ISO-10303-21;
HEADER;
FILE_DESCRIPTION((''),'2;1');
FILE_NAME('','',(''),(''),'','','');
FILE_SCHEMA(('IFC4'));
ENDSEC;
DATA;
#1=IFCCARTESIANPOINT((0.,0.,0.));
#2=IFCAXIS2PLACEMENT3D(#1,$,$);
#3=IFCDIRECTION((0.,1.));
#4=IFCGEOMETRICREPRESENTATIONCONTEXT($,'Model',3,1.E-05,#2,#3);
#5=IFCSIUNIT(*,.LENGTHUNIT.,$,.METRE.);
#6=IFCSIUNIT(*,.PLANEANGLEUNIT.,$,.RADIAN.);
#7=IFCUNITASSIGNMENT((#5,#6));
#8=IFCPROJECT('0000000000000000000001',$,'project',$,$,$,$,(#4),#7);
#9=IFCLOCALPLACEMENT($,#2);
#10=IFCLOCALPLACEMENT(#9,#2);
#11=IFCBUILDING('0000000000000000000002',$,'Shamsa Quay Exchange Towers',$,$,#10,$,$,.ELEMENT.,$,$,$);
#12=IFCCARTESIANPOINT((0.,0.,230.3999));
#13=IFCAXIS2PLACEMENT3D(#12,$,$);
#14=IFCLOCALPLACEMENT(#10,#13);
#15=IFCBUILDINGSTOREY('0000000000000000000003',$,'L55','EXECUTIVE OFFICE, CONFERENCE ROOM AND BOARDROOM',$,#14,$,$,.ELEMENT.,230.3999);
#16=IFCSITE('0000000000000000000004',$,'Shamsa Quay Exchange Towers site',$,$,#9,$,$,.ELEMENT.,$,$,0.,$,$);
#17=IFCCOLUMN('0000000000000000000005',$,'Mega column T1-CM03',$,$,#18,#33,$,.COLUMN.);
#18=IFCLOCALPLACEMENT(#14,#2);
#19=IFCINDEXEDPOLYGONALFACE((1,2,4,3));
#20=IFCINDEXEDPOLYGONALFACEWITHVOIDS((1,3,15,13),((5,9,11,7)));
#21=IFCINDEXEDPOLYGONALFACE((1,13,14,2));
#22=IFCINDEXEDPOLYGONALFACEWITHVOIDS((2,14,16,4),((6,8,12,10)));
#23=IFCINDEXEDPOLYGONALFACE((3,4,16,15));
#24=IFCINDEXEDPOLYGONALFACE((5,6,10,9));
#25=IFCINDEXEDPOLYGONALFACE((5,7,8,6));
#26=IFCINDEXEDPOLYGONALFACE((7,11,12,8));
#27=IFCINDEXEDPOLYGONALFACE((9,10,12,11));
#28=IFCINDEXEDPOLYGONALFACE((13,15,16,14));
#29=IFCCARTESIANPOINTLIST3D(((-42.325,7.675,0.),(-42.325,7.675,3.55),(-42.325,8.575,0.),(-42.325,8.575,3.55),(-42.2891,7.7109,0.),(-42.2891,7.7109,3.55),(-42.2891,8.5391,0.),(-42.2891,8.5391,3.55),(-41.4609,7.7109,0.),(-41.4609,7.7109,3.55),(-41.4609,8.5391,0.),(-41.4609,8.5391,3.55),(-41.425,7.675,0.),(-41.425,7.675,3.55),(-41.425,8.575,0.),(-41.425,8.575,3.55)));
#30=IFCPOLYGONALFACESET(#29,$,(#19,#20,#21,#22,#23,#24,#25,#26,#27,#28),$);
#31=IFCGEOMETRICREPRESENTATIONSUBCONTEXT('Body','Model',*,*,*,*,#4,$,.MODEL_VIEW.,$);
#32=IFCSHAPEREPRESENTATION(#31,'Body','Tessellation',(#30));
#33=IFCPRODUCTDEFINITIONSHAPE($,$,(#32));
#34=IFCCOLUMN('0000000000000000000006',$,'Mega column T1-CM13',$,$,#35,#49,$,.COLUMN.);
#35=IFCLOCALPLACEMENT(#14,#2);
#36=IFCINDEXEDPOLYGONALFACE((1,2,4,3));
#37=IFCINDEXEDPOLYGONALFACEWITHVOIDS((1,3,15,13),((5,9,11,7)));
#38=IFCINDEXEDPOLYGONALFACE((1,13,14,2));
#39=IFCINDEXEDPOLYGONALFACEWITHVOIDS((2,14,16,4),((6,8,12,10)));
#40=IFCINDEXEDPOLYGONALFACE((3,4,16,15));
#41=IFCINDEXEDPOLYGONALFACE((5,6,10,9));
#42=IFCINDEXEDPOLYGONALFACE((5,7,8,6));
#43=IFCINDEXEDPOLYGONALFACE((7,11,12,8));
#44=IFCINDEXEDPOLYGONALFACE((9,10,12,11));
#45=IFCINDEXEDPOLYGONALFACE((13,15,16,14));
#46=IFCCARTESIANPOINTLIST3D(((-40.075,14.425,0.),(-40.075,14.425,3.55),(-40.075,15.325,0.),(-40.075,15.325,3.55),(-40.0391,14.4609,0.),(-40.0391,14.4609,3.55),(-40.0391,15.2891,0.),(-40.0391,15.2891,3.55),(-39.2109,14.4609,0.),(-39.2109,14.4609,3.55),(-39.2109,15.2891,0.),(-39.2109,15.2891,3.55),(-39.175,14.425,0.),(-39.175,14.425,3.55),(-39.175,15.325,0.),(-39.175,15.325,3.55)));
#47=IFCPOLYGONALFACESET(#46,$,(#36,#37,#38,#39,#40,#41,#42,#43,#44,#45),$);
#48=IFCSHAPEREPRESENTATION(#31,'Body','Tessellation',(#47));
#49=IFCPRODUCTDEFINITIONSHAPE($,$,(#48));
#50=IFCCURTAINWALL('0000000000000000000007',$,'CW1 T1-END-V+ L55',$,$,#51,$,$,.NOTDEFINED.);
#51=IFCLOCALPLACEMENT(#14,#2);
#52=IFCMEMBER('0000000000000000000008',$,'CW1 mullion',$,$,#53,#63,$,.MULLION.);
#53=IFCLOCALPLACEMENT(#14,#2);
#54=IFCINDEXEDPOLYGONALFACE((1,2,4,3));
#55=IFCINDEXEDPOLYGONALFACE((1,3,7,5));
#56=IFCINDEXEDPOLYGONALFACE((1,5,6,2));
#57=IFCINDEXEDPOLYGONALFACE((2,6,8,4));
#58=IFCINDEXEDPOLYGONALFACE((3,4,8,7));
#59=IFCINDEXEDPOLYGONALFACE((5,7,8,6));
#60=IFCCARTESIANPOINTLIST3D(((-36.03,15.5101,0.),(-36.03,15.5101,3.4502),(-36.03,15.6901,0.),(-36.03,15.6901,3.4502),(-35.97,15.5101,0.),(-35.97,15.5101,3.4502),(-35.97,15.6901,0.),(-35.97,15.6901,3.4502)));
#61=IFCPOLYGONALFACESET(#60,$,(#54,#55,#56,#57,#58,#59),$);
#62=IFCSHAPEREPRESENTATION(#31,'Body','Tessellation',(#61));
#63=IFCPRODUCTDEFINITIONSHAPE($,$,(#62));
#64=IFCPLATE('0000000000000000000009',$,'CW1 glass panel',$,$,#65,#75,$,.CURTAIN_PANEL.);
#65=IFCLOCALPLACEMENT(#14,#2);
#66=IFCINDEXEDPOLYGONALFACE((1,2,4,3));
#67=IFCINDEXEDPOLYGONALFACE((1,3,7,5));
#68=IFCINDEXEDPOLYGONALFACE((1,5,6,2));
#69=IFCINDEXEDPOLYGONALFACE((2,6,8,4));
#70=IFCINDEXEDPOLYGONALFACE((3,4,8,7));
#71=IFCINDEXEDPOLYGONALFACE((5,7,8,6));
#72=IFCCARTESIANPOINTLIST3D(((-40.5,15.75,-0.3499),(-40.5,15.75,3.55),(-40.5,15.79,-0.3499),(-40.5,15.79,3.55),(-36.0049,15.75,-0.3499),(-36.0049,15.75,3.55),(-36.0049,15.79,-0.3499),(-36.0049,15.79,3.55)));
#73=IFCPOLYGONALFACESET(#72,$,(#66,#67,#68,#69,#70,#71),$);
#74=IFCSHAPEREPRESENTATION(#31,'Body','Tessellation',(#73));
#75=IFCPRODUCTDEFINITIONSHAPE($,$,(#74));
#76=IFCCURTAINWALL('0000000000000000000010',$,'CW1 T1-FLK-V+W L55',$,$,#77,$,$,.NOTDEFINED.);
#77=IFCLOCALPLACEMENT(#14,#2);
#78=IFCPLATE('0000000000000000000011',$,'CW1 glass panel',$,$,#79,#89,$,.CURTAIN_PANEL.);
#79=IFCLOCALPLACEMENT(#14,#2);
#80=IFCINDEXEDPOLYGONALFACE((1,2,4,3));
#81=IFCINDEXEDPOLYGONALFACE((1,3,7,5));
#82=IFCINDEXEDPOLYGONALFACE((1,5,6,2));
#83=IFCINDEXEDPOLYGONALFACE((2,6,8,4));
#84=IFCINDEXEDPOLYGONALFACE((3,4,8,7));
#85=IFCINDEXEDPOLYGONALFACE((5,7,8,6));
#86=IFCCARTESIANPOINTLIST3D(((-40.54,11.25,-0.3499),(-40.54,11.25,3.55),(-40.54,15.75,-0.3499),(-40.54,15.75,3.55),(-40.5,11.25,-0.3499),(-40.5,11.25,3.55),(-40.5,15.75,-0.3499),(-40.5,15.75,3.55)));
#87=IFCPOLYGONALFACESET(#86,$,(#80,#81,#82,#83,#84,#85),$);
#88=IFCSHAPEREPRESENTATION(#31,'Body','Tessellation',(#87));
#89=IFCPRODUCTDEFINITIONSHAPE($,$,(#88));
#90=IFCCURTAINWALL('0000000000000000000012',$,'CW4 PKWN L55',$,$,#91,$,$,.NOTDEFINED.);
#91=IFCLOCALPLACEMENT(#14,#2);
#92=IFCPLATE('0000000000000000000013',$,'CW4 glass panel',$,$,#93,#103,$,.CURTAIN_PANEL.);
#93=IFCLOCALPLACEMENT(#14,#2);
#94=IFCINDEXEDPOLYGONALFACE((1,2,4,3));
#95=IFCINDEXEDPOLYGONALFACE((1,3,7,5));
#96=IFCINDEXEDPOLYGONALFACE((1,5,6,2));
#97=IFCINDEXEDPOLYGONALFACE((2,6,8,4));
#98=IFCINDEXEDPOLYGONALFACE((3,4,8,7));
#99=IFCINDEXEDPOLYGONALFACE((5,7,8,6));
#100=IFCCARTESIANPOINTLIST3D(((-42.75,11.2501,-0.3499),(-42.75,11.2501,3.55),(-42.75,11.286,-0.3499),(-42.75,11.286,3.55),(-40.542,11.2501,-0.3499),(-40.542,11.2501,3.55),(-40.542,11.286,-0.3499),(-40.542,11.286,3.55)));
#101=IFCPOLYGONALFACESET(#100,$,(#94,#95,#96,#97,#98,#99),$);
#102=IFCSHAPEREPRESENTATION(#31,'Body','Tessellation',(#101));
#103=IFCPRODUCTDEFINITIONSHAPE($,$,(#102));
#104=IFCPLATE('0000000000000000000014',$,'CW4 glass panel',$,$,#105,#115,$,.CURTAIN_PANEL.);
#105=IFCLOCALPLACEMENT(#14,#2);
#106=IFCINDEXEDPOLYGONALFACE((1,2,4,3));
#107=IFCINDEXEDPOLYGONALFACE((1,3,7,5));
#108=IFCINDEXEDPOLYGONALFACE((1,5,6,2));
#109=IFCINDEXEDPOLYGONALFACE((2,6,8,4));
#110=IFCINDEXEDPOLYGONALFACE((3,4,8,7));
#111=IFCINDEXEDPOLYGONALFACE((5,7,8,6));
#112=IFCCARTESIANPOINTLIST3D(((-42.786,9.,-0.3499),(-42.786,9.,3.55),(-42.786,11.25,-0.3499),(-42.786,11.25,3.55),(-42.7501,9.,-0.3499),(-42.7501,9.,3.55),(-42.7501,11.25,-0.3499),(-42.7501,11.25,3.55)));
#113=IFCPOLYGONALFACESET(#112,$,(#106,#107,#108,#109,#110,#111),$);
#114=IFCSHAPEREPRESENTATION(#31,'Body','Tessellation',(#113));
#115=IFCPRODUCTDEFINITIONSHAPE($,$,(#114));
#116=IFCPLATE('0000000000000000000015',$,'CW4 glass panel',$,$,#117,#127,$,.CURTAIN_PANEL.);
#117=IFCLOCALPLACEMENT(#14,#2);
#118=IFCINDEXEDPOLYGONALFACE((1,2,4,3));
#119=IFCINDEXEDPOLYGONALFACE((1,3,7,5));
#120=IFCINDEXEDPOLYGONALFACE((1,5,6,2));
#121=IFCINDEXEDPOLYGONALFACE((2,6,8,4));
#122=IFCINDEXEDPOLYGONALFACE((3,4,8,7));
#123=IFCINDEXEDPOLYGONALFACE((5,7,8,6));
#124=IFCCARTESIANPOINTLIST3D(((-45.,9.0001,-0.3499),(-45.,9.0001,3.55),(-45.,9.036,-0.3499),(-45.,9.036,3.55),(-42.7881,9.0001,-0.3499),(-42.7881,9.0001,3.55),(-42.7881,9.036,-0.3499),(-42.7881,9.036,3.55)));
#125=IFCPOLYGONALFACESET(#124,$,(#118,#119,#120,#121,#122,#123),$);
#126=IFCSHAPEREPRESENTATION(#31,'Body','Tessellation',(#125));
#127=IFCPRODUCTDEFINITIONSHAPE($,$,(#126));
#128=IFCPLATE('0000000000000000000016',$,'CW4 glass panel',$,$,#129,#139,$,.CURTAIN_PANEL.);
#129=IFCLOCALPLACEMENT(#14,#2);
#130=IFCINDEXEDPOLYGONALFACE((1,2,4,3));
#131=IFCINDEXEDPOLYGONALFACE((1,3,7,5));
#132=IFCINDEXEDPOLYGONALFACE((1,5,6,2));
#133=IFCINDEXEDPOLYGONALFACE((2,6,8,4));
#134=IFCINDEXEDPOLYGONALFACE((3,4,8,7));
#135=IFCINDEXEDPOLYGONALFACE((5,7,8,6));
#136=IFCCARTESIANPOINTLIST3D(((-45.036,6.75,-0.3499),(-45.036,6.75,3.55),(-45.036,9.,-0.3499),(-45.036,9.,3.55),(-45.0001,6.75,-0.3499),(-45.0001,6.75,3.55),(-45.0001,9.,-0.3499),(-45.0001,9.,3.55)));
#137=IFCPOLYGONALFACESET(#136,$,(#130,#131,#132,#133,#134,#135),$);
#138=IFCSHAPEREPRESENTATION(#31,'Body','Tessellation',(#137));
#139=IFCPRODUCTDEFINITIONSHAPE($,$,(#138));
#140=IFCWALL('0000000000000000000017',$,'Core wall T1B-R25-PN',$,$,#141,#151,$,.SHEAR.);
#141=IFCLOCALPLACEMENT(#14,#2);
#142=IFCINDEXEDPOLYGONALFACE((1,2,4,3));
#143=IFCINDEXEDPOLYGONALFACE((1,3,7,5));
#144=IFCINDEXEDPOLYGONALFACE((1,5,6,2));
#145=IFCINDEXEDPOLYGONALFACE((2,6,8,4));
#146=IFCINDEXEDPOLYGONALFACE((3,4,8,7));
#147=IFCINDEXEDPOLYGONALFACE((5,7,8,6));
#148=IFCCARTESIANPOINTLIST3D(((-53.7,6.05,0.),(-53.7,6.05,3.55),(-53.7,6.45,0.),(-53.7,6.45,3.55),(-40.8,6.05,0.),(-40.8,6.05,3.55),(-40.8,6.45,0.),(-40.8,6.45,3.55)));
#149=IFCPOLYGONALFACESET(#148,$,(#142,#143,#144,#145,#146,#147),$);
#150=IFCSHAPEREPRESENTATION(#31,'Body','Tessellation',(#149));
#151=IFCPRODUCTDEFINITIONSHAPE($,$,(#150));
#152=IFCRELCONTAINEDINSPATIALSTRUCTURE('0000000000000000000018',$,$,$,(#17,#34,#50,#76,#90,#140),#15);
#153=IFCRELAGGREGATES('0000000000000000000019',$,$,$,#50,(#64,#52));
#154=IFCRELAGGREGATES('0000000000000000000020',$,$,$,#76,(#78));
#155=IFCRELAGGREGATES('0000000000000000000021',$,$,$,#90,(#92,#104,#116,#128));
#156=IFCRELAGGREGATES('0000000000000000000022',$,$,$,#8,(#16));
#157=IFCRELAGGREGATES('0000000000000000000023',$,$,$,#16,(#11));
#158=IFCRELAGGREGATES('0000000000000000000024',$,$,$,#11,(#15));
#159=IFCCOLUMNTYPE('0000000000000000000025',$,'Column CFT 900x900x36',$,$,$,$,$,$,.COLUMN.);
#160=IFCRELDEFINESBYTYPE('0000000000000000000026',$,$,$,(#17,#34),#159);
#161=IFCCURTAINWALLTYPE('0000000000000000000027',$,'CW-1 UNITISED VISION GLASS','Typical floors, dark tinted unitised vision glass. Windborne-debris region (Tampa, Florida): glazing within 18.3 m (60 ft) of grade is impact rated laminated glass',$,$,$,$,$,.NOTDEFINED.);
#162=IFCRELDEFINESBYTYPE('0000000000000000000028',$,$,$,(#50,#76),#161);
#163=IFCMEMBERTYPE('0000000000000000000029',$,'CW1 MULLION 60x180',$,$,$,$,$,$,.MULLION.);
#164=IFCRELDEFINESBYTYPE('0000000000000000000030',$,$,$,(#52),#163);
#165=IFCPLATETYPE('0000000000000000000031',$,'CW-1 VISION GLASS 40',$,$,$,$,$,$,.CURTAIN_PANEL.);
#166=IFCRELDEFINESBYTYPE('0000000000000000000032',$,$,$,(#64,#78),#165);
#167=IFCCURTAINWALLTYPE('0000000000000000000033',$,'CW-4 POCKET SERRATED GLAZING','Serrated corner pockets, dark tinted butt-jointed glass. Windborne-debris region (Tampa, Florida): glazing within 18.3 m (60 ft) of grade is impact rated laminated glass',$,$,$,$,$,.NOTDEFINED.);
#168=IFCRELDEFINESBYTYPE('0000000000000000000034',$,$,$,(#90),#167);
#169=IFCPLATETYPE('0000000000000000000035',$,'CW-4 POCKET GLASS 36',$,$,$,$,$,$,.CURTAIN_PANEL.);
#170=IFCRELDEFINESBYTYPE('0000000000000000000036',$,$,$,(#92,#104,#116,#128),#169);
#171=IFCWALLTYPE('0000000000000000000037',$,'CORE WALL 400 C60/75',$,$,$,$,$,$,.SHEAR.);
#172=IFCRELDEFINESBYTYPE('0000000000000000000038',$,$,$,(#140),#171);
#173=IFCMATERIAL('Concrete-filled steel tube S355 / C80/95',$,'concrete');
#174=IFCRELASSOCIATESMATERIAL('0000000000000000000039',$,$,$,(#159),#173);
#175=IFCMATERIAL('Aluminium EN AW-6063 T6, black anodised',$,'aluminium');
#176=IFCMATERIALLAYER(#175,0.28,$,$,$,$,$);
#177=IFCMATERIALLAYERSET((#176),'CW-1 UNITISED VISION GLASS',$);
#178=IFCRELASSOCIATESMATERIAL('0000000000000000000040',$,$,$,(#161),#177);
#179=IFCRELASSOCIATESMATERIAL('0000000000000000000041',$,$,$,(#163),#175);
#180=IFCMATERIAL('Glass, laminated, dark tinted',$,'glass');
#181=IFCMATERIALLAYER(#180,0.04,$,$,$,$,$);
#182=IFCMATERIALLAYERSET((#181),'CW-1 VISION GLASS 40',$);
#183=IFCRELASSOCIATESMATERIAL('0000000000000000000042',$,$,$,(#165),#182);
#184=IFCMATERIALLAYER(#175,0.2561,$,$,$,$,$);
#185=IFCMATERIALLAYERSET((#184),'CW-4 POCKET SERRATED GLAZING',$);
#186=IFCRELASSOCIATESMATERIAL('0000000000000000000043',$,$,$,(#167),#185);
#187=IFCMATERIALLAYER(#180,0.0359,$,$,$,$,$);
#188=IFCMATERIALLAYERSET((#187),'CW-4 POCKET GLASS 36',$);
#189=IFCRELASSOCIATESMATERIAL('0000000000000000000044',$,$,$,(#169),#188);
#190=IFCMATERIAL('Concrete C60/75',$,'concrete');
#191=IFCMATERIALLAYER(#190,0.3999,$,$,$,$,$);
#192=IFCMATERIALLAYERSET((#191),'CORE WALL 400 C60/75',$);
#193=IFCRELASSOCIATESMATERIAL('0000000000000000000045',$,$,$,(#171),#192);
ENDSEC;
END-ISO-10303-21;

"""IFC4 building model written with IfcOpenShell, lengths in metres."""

from ifc_helpers import new_model, si_unit, direction, frame, frame_2d, origin, origin_2d, place, context, subcontext, project, spatial, rectangle, hollow_rectangle, extrude, material, layer, layer_set, material_profile, profile_set, type_object, element, aggregate, save


model = new_model("IFC4")

# Units and contexts
model_context = context("Model", 3, precision=1e-05, world=origin(), true_north=direction((0.0, 1.0)))
body_context = subcontext(model_context, "Body", "Model", "MODEL_VIEW")
ifc_project = project(units=[si_unit("LENGTHUNIT", "METRE"), si_unit("PLANEANGLEUNIT", "RADIAN")], contexts=[model_context])

# Site, building, storey
site_placement = place(None, origin())
site = spatial("IfcSite", under=ifc_project, at=site_placement, Name="Shamsa Quay Exchange Towers site", CompositionType="ELEMENT", RefElevation=0.0)
building_placement = place(site_placement, origin())
building = spatial("IfcBuilding", under=site, at=building_placement, Name="Shamsa Quay Exchange Towers", CompositionType="ELEMENT")
storey_placement = place(building_placement, frame((0.0, 0.0, 230.3999)))
storey = spatial("IfcBuildingStorey", under=building, at=storey_placement, Name="L55", Description="EXECUTIVE OFFICE, CONFERENCE ROOM AND BOARDROOM", CompositionType="ELEMENT", Elevation=230.3999)

# Columns
ifc_material_1 = material(Name="Concrete-filled steel tube S355 / C80/95", Category="concrete")
ifc_material_profile_1 = material_profile(ifc_material_1, hollow_rectangle(XDim=0.8999, YDim=0.8999, WallThickness=0.0359, at=origin_2d()), Name="CFT 900x900x36")
ifc_profile_set_1 = profile_set([ifc_material_profile_1], Name="Concrete-filled steel tube S355 / C80/95")
column_type = type_object("IfcColumnType", Name="Column CFT 900x900x36", PredefinedType="COLUMN", material=ifc_profile_set_1)
for number, where, name in (
    (1, (-41.875, 8.125, 0.0), "Mega column T1-CM03"),
    (2, (-39.625, 14.875, 0.0), "Mega column T1-CM13"),
):
    element("IfcColumn", number, at=place(storey_placement, frame(where)), inside=storey, type_object=column_type, Name=name, PredefinedType="COLUMN", context=body_context, shape_type="SweptSolid", body=[
        extrude(hollow_rectangle(XDim=0.8999, YDim=0.8999, WallThickness=0.0359, at=origin_2d()), origin(), (0.0, 0.0, 1.0), 3.55),
    ])

# Curtain wall, member, plate
ifc_material_2 = material(Name="Aluminium EN AW-6063 T6, black anodised", Category="aluminium")
ifc_layer_1 = layer(ifc_material_2, 0.28)
ifc_layer_set_1 = layer_set([ifc_layer_1], Name="CW-1 UNITISED VISION GLASS")
curtain_wall_type_1 = type_object("IfcCurtainWallType", Name="CW-1 UNITISED VISION GLASS", Description="Typical floors, dark tinted unitised vision glass. Windborne-debris region (Tampa, Florida): glazing within 18.3 m (60 ft) of grade is impact rated laminated glass", PredefinedType="NOTDEFINED", material=ifc_layer_set_1)
curtain_wall_1_placement = place(storey_placement, origin())
curtain_wall_1 = element("IfcCurtainWall", 3, at=curtain_wall_1_placement, inside=storey, type_object=curtain_wall_type_1, Name="CW1 T1-END-V+ L55", PredefinedType="NOTDEFINED")
ifc_material_profile_2 = material_profile(ifc_material_2, rectangle(XDim=0.1799, YDim=0.0601, at=origin_2d()), Name="MU60x180")
ifc_profile_set_2 = profile_set([ifc_material_profile_2], Name="Aluminium EN AW-6063 T6, black anodised")
member_type = type_object("IfcMemberType", Name="CW1 MULLION 60x180", PredefinedType="MULLION", material=ifc_profile_set_2)
member_placement = place(storey_placement, frame((-36.0, 15.6001, 0.0), z_axis=(0.0, 0.0, 1.0), x_axis=(0.0, -1.0, 0.0)))
member = element("IfcMember", 4, at=member_placement, type_object=member_type, Name="CW1 mullion", PredefinedType="MULLION", context=body_context, shape_type="SweptSolid", body=[
    extrude(rectangle(XDim=0.1799, YDim=0.0601, at=origin_2d()), origin(), (0.0, 0.0, 1.0), 3.4502),
])
ifc_material_3 = material(Name="Glass, laminated, dark tinted", Category="glass")
ifc_layer_2 = layer(ifc_material_3, 0.04)
ifc_layer_set_2 = layer_set([ifc_layer_2], Name="CW-1 VISION GLASS 40")
plate_type_1 = type_object("IfcPlateType", Name="CW-1 VISION GLASS 40", PredefinedType="CURTAIN_PANEL", material=ifc_layer_set_2)
plate_1_placement = place(storey_placement, frame((-38.2524, 15.77, -0.3499), z_axis=(0.0, 0.0, 1.0), x_axis=(-1.0, 0.0, 0.0)))
plate_1 = element("IfcPlate", 5, at=plate_1_placement, type_object=plate_type_1, Name="CW1 glass panel", PredefinedType="CURTAIN_PANEL", context=body_context, shape_type="SweptSolid", body=[
    extrude(rectangle(XDim=4.4951, YDim=0.04, at=origin_2d()), origin(), (0.0, 0.0, 1.0), 3.8999),
])
aggregate(curtain_wall_1, [plate_1, member])

# Curtain wall, plate
curtain_wall_2_placement = place(storey_placement, origin())
curtain_wall_2 = element("IfcCurtainWall", 6, at=curtain_wall_2_placement, inside=storey, type_object=curtain_wall_type_1, Name="CW1 T1-FLK-V+W L55", PredefinedType="NOTDEFINED")
plate_2_placement = place(storey_placement, frame((-40.52, 13.5, -0.3499), z_axis=(0.0, 0.0, 1.0), x_axis=(0.0, -1.0, 0.0)))
plate_2 = element("IfcPlate", 7, at=plate_2_placement, type_object=plate_type_1, Name="CW1 glass panel", PredefinedType="CURTAIN_PANEL", context=body_context, shape_type="SweptSolid", body=[
    extrude(rectangle(XDim=4.5, YDim=0.04, at=origin_2d()), origin(), (0.0, 0.0, 1.0), 3.8999),
])
aggregate(curtain_wall_2, [plate_2])

# Curtain wall, plates
ifc_layer_3 = layer(ifc_material_2, 0.2561)
ifc_layer_set_3 = layer_set([ifc_layer_3], Name="CW-4 POCKET SERRATED GLAZING")
curtain_wall_type_2 = type_object("IfcCurtainWallType", Name="CW-4 POCKET SERRATED GLAZING", Description="Serrated corner pockets, dark tinted butt-jointed glass. Windborne-debris region (Tampa, Florida): glazing within 18.3 m (60 ft) of grade is impact rated laminated glass", PredefinedType="NOTDEFINED", material=ifc_layer_set_3)
curtain_wall_3_placement = place(storey_placement, origin())
curtain_wall_3 = element("IfcCurtainWall", 8, at=curtain_wall_3_placement, inside=storey, type_object=curtain_wall_type_2, Name="CW4 PKWN L55", PredefinedType="NOTDEFINED")
ifc_layer_4 = layer(ifc_material_3, 0.0359)
ifc_layer_set_4 = layer_set([ifc_layer_4], Name="CW-4 POCKET GLASS 36")
plate_type_2 = type_object("IfcPlateType", Name="CW-4 POCKET GLASS 36", PredefinedType="CURTAIN_PANEL", material=ifc_layer_set_4)
plate_3_placement = place(storey_placement, frame((-41.646, 11.2681, -0.3499), z_axis=(0.0, 0.0, 1.0), x_axis=(-1.0, 0.0, 0.0)))
plate_3 = element("IfcPlate", 9, at=plate_3_placement, type_object=plate_type_2, Name="CW4 glass panel", PredefinedType="CURTAIN_PANEL", context=body_context, shape_type="SweptSolid", body=[
    extrude(rectangle(XDim=2.208, YDim=0.0359, at=origin_2d()), origin(), (0.0, 0.0, 1.0), 3.8999),
])
plate_4_placement = place(storey_placement, frame((-42.7681, 10.125, -0.3499), z_axis=(0.0, 0.0, 1.0), x_axis=(0.0, -1.0, 0.0)))
plate_4 = element("IfcPlate", 10, at=plate_4_placement, type_object=plate_type_2, Name="CW4 glass panel", PredefinedType="CURTAIN_PANEL", context=body_context, shape_type="SweptSolid", body=[
    extrude(rectangle(XDim=2.25, YDim=0.0359, at=origin_2d()), origin(), (0.0, 0.0, 1.0), 3.8999),
])
plate_5_placement = place(storey_placement, frame((-43.894, 9.0181, -0.3499), z_axis=(0.0, 0.0, 1.0), x_axis=(-1.0, 0.0, 0.0)))
plate_5 = element("IfcPlate", 11, at=plate_5_placement, type_object=plate_type_2, Name="CW4 glass panel", PredefinedType="CURTAIN_PANEL", context=body_context, shape_type="SweptSolid", body=[
    extrude(rectangle(XDim=2.2119, YDim=0.0359, at=origin_2d()), origin(), (0.0, 0.0, 1.0), 3.8999),
])
plate_6_placement = place(storey_placement, frame((-45.0181, 7.875, -0.3499), z_axis=(0.0, 0.0, 1.0), x_axis=(0.0, -1.0, 0.0)))
plate_6 = element("IfcPlate", 12, at=plate_6_placement, type_object=plate_type_2, Name="CW4 glass panel", PredefinedType="CURTAIN_PANEL", context=body_context, shape_type="SweptSolid", body=[
    extrude(rectangle(XDim=2.25, YDim=0.0359, at=origin_2d()), origin(), (0.0, 0.0, 1.0), 3.8999),
])
aggregate(curtain_wall_3, [plate_3, plate_4, plate_5, plate_6])

# Wall
ifc_material_4 = material(Name="Concrete C60/75", Category="concrete")
ifc_layer_5 = layer(ifc_material_4, 0.3999)
ifc_layer_set_5 = layer_set([ifc_layer_5], Name="CORE WALL 400 C60/75")
wall_type_1 = type_object("IfcWallType", Name="CORE WALL 400 C60/75", PredefinedType="SHEAR", material=ifc_layer_set_5)
wall_1_placement = place(storey_placement, frame((-40.8, 6.25, 0.0), z_axis=(0.0, 0.0, 1.0), x_axis=(-1.0, 0.0, 0.0)))
element("IfcWall", 13, at=wall_1_placement, inside=storey, type_object=wall_type_1, Name="Core wall T1B-R25-PN", PredefinedType="SHEAR", context=body_context, shape_type="SweptSolid", body=[
    extrude(rectangle(XDim=12.8999, YDim=0.3999, at=frame_2d((6.45, 0.0))), origin(), (0.0, 0.0, 1.0), 3.55),
])

save(model, "model.ifc")
